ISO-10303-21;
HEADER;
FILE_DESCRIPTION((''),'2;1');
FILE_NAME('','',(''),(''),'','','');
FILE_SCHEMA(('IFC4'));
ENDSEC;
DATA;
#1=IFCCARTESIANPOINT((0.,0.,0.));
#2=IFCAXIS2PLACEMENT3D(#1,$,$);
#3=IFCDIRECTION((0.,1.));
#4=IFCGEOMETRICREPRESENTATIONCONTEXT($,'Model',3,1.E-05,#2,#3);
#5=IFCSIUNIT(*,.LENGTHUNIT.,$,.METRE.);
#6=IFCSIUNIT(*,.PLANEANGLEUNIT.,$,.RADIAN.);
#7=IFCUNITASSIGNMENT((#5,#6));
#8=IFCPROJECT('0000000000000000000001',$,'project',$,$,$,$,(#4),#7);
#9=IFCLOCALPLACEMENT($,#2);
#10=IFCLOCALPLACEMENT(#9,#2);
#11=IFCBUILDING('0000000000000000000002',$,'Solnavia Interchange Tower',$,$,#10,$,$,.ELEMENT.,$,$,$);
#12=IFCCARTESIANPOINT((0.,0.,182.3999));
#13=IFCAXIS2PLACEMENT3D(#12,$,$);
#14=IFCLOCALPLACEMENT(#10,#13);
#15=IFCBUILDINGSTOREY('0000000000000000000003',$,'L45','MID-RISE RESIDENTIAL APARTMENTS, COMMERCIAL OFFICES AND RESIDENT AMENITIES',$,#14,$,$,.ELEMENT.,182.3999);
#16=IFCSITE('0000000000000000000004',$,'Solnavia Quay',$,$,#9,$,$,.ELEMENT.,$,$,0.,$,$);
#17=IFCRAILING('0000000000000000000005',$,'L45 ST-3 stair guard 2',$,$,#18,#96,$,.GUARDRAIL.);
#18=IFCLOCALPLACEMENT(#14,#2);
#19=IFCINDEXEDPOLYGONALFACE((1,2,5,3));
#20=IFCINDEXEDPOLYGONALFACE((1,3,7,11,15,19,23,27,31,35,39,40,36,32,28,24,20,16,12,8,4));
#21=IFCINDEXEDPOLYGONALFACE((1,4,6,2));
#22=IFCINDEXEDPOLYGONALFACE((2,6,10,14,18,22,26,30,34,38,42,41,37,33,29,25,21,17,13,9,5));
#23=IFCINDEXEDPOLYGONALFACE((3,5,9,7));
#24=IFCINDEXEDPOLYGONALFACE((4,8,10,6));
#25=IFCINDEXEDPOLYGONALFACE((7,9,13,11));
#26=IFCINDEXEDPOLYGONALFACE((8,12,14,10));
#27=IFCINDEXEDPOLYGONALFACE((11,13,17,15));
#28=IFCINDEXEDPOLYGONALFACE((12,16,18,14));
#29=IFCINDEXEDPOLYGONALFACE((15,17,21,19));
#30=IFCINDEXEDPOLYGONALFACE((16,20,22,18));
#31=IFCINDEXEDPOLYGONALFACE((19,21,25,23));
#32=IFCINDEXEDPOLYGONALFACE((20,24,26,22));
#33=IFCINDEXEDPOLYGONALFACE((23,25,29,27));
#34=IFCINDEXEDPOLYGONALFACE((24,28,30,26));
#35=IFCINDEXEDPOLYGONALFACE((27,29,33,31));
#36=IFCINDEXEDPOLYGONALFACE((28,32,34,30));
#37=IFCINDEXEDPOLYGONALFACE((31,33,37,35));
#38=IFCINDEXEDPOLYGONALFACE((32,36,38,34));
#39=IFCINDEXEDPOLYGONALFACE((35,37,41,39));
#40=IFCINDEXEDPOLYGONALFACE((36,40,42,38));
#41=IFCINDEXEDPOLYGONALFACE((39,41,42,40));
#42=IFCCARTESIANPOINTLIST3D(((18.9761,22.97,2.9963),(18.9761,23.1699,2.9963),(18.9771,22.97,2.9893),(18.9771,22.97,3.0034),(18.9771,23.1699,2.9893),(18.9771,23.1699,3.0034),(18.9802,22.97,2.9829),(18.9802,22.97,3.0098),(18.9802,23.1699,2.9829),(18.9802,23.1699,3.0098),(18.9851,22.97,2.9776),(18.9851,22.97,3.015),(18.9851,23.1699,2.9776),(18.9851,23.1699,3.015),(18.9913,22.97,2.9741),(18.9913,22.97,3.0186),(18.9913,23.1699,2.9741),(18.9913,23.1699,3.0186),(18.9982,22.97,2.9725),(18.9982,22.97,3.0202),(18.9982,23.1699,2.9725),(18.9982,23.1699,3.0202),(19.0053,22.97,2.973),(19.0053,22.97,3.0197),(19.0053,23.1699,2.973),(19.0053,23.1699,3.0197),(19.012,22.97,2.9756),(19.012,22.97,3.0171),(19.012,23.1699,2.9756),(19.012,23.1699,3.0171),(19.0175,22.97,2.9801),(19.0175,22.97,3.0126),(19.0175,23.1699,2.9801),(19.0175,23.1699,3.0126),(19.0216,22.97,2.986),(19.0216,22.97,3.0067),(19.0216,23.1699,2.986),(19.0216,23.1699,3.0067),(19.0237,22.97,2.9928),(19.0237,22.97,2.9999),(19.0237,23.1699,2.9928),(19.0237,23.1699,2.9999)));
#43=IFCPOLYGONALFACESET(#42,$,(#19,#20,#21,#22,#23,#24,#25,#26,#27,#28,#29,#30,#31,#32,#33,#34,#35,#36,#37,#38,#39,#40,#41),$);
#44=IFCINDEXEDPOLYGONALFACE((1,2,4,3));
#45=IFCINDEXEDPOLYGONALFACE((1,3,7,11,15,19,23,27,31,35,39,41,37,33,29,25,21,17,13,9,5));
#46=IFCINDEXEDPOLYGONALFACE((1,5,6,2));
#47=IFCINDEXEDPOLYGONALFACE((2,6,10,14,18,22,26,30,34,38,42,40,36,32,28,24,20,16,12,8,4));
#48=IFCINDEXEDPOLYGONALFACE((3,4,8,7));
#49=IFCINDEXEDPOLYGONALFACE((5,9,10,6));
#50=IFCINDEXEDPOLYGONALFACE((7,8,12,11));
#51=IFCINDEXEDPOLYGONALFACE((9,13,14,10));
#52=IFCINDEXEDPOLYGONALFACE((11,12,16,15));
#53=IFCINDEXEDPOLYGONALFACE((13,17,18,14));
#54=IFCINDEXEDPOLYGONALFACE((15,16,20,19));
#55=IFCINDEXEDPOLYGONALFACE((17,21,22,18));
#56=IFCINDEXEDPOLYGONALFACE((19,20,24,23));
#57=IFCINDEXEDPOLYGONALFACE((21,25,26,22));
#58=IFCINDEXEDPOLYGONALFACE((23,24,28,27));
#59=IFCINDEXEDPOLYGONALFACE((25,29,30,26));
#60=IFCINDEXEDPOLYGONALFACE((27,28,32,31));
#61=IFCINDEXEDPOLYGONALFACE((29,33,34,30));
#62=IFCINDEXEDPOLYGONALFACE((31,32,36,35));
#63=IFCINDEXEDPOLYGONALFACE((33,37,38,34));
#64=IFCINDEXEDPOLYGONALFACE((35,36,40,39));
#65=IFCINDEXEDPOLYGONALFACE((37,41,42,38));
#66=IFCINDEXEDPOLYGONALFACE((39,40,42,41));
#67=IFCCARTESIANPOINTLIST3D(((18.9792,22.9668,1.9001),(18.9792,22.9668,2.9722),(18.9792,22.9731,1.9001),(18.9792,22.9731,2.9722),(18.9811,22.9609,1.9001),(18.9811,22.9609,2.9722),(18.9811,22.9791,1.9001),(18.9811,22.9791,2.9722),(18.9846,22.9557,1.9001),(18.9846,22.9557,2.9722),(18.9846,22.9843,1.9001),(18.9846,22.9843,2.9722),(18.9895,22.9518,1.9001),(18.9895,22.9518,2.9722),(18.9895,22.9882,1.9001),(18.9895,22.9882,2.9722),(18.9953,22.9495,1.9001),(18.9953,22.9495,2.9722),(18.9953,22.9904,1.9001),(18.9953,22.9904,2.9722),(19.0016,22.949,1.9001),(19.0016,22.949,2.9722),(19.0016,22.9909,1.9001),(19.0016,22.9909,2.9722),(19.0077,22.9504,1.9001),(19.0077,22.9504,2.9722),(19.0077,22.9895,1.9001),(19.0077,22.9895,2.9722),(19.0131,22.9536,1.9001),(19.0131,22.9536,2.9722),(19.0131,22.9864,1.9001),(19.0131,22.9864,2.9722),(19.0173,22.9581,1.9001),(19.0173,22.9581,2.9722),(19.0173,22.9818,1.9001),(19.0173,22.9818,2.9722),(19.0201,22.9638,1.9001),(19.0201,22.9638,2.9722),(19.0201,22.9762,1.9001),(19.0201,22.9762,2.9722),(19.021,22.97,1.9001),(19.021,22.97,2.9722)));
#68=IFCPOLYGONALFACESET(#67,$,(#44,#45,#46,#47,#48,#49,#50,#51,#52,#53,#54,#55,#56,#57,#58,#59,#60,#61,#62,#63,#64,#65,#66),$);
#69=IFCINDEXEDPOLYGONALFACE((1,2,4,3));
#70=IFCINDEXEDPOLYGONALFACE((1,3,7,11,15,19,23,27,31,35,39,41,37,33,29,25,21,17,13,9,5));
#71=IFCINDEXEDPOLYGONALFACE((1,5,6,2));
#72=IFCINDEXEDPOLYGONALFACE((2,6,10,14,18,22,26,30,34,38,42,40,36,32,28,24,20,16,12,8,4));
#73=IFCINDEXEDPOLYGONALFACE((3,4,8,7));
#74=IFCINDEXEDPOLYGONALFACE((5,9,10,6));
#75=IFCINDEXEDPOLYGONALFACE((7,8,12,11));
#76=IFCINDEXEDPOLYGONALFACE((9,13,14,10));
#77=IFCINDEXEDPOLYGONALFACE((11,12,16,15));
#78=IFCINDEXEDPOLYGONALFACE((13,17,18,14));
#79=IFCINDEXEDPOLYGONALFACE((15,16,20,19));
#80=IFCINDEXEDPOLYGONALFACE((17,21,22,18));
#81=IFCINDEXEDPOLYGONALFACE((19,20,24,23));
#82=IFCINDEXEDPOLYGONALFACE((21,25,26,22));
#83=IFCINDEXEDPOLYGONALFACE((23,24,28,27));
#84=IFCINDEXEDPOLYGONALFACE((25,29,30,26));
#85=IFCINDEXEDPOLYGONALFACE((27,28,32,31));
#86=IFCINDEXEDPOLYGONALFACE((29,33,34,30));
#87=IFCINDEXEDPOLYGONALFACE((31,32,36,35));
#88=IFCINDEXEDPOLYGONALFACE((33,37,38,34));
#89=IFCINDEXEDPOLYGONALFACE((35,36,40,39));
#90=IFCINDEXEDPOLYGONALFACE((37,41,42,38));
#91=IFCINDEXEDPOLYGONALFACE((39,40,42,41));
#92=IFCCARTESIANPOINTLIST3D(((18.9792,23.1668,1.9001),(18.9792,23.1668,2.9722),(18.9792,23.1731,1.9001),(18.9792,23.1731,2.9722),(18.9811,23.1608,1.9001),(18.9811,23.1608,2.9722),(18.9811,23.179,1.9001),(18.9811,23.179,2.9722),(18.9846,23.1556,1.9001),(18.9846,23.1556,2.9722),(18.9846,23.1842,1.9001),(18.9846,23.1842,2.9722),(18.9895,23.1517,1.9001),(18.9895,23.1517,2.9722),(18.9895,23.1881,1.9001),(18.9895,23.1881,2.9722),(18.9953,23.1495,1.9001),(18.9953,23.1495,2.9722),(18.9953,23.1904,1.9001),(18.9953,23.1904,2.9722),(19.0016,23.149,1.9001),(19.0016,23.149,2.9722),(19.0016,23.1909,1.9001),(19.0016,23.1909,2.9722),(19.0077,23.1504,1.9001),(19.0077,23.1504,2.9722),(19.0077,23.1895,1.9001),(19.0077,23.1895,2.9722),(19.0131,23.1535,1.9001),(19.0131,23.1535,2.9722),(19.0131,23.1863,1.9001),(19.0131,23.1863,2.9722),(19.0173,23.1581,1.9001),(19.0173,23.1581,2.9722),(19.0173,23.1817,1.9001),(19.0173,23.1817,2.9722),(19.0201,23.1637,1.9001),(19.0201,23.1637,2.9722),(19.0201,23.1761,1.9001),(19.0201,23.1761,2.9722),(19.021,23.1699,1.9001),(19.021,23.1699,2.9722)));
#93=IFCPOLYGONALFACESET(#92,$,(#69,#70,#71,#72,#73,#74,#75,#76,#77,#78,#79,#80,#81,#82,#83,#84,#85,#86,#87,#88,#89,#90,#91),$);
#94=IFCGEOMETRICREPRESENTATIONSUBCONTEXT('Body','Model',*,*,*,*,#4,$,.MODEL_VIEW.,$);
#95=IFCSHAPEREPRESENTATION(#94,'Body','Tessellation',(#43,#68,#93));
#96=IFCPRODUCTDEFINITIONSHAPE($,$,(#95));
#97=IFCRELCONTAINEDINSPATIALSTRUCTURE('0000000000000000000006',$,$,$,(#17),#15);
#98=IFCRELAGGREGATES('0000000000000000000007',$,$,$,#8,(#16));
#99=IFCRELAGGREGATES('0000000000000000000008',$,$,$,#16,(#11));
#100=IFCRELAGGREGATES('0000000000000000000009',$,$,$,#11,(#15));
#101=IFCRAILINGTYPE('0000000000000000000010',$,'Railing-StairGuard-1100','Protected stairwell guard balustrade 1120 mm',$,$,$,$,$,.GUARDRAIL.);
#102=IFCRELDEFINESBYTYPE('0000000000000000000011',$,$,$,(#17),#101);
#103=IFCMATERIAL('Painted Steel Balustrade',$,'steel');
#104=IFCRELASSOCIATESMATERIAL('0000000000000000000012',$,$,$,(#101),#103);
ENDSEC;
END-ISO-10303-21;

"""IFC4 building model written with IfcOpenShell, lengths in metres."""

from ifc_helpers import new_model, si_unit, direction, frame, origin, origin_2d, place, context, subcontext, project, spatial, circle, extrude, material, type_object, element, save


model = new_model("IFC4")

# Units and contexts
model_context = context("Model", 3, precision=1e-05, world=origin(), true_north=direction((0.0, 1.0)))
body_context = subcontext(model_context, "Body", "Model", "MODEL_VIEW")
ifc_project = project(units=[si_unit("LENGTHUNIT", "METRE"), si_unit("PLANEANGLEUNIT", "RADIAN")], contexts=[model_context])

# Site, building, storey
site_placement = place(None, origin())
site = spatial("IfcSite", under=ifc_project, at=site_placement, Name="Solnavia Quay", CompositionType="ELEMENT", RefElevation=0.0)
building_placement = place(site_placement, origin())
building = spatial("IfcBuilding", under=site, at=building_placement, Name="Solnavia Interchange Tower", CompositionType="ELEMENT")
storey_placement = place(building_placement, frame((0.0, 0.0, 182.3999)))
storey = spatial("IfcBuildingStorey", under=building, at=storey_placement, Name="L45", Description="MID-RISE RESIDENTIAL APARTMENTS, COMMERCIAL OFFICES AND RESIDENT AMENITIES", CompositionType="ELEMENT", Elevation=182.3999)

# Railing
ifc_material_1 = material(Name="Painted Steel Balustrade", Category="steel")
railing_type_1 = type_object("IfcRailingType", Name="Railing-StairGuard-1100", Description="Protected stairwell guard balustrade 1120 mm", PredefinedType="GUARDRAIL", material=ifc_material_1)
railing_1_placement = place(storey_placement, frame((19.0, 22.97, 1.9001)))
element("IfcRailing", 1, at=railing_1_placement, inside=storey, type_object=railing_type_1, Name="L45 ST-3 stair guard 2", PredefinedType="GUARDRAIL", context=body_context, shape_type="SweptSolid", body=[
    extrude(circle(Radius=0.0239, at=origin_2d()), frame((0.0, 0.0, 1.0962), z_axis=(0.0, 1.0, 0.0), x_axis=(-1.0, 0.0, 0.0)), (0.0, 0.0, 1.0), 0.2),
    extrude(circle(Radius=0.021, at=origin_2d()), origin(), (0.0, 0.0, 1.0), 1.072),
    extrude(circle(Radius=0.021, at=origin_2d()), frame((0.0, 0.2, 0.0)), (0.0, 0.0, 1.0), 1.072),
])

save(model, "model.ifc")
